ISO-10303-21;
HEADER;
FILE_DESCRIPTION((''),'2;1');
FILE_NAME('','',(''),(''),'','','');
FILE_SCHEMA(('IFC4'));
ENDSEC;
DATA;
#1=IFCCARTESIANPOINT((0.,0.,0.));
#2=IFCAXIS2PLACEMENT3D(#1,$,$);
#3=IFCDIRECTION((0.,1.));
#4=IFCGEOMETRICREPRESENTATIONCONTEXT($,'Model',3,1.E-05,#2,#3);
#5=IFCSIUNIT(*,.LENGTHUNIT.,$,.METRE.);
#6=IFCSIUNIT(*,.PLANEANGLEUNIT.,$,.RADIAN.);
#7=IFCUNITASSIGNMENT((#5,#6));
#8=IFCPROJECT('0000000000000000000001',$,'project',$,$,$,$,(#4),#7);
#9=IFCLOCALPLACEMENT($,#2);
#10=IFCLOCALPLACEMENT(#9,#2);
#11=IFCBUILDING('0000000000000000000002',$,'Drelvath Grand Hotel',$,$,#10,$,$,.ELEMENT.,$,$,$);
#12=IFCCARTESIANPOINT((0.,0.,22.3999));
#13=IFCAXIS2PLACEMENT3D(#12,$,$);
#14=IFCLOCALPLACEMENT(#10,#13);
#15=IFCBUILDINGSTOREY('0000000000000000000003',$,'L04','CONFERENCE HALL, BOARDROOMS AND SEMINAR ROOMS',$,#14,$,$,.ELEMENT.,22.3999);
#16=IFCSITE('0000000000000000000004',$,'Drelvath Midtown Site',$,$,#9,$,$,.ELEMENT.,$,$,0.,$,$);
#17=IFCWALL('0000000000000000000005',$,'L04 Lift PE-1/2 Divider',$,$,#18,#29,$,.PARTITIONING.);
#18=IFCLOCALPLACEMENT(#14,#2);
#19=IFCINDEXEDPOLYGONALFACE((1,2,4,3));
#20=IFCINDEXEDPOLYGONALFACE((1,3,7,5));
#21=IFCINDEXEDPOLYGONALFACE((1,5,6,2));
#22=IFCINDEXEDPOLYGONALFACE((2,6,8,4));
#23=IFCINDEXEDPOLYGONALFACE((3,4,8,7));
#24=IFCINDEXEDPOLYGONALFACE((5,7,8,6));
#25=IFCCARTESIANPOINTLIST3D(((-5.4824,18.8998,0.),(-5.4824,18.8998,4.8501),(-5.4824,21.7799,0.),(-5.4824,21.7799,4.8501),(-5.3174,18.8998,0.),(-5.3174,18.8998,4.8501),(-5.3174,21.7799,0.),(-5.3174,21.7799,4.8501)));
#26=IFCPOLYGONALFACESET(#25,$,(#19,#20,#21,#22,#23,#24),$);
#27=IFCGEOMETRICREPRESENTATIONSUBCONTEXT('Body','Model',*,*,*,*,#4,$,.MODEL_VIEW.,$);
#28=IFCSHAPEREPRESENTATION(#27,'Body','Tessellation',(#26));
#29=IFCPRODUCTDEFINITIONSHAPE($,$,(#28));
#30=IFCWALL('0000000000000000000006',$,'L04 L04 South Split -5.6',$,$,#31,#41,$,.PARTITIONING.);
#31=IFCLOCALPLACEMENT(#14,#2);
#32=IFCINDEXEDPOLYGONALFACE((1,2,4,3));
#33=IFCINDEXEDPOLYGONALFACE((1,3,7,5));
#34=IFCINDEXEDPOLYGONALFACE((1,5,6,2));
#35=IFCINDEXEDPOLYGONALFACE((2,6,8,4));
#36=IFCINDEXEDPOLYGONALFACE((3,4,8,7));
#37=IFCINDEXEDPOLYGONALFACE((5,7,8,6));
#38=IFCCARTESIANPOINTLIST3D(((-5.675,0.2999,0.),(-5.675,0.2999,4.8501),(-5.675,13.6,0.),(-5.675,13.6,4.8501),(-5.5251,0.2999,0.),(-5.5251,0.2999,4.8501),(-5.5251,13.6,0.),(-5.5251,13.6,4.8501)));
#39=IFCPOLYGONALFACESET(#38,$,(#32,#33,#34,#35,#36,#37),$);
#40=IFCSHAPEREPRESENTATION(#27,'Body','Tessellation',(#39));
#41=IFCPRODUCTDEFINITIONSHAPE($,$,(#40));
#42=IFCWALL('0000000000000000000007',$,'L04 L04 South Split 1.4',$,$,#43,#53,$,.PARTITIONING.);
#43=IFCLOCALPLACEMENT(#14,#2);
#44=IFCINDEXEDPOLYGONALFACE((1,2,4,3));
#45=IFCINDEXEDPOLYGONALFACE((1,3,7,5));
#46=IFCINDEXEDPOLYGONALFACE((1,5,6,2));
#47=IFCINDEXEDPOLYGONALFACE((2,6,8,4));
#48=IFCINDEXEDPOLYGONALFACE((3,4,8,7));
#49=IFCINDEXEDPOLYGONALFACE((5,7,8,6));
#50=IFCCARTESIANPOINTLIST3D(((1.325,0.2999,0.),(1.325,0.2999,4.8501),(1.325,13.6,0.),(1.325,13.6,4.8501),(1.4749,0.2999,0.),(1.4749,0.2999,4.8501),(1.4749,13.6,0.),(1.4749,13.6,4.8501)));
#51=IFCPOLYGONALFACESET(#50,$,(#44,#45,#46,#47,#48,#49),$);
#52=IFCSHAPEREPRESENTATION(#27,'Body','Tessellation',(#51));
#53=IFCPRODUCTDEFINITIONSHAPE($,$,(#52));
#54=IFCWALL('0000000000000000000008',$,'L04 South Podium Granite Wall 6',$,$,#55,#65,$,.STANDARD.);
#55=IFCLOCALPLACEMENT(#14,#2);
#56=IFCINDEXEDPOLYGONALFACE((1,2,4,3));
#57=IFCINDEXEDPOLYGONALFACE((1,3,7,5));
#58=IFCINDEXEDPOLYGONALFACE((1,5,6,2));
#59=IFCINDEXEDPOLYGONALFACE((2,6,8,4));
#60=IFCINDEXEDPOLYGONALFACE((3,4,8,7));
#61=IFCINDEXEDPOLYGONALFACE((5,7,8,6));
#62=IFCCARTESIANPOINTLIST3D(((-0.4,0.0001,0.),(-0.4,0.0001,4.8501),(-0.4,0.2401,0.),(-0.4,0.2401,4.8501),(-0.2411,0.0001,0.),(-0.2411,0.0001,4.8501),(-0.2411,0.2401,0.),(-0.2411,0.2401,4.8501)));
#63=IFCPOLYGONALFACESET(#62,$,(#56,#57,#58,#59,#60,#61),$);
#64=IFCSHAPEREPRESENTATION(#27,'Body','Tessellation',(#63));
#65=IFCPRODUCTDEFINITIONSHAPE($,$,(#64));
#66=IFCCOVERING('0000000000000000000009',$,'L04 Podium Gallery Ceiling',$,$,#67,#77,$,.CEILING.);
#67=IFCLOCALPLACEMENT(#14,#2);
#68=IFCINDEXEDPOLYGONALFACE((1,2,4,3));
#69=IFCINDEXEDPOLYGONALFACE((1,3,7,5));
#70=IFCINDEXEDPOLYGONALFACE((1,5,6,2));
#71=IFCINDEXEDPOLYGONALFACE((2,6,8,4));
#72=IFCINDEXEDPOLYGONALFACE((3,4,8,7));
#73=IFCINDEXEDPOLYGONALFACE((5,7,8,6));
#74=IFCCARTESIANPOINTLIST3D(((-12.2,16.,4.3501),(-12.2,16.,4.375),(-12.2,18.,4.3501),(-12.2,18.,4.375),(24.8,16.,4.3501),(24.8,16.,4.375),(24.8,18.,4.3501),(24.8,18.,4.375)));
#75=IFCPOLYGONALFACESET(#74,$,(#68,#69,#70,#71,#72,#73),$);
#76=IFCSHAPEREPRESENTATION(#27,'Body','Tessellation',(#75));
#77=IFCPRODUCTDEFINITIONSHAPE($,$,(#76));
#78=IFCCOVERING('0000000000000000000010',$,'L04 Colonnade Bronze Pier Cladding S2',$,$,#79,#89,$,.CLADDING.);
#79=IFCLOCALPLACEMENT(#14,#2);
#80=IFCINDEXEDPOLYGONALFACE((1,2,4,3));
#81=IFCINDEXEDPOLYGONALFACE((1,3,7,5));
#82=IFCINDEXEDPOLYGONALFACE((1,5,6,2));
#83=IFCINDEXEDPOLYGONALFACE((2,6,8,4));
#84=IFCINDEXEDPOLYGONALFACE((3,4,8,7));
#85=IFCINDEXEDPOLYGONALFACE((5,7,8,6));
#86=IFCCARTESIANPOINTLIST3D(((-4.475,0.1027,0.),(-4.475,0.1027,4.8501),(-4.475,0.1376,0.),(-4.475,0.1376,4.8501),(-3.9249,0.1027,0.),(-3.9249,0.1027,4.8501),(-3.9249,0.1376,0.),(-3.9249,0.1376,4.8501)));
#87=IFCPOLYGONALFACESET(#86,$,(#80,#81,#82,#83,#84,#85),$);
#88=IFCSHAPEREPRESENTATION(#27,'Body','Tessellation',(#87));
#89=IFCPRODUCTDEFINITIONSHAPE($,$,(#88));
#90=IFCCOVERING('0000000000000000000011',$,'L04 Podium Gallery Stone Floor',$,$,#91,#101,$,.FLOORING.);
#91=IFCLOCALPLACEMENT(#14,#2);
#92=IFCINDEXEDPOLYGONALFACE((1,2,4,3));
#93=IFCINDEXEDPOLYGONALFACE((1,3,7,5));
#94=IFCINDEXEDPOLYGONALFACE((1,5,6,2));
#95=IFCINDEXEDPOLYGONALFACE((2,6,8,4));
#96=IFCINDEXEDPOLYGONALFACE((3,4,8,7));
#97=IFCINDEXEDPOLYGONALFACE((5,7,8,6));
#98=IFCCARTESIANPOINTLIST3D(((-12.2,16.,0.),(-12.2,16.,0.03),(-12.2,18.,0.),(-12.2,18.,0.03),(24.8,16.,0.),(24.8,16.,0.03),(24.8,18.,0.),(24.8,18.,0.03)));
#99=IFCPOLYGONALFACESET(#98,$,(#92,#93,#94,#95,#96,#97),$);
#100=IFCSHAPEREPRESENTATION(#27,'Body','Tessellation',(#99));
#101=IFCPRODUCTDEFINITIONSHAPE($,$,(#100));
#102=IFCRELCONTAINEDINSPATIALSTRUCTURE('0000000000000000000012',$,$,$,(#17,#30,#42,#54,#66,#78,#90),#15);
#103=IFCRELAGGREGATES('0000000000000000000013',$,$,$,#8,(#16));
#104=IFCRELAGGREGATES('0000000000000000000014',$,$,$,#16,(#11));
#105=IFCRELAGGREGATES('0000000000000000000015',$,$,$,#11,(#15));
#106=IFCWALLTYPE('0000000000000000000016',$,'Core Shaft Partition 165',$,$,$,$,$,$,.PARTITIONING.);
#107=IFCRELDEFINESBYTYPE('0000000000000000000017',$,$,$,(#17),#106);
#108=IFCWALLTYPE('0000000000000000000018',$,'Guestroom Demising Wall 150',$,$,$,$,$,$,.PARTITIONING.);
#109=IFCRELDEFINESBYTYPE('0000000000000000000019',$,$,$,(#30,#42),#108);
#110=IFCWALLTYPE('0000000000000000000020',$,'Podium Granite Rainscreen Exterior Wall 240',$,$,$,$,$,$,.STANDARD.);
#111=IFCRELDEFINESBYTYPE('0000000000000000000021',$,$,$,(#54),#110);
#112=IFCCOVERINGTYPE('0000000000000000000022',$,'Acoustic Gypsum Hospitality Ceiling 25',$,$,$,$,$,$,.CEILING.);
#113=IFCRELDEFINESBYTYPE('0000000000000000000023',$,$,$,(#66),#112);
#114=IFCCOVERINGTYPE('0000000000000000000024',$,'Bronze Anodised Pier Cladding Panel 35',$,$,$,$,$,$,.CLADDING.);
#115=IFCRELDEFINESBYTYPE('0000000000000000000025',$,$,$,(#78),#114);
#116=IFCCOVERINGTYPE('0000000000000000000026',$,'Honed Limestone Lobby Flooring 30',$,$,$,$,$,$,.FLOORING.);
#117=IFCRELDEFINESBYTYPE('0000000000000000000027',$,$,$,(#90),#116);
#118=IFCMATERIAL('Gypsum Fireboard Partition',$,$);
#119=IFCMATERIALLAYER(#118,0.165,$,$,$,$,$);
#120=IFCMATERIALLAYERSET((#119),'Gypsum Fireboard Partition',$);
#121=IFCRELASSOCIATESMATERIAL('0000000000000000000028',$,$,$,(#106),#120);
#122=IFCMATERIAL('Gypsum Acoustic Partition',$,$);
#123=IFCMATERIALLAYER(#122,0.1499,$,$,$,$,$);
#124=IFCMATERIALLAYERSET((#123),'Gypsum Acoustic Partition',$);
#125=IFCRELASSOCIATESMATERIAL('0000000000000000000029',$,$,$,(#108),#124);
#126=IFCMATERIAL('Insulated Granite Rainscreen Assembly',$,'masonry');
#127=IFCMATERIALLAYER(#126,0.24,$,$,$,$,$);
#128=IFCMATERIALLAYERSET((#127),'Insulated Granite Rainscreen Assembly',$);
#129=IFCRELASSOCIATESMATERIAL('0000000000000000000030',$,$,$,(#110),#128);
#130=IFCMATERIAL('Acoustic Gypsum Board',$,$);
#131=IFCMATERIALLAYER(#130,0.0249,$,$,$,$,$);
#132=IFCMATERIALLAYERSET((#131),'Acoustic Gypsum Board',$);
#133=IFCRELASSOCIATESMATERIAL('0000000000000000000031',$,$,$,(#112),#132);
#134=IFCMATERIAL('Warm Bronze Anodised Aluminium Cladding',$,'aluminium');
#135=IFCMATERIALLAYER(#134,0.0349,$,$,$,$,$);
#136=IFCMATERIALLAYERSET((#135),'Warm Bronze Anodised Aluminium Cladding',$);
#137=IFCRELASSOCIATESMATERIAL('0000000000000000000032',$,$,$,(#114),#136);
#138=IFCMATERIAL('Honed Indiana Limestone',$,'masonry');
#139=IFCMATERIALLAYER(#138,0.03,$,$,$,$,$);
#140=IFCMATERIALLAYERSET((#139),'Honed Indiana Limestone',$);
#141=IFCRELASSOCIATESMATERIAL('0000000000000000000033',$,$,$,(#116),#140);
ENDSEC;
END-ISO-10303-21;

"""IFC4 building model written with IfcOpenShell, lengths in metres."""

from ifc_helpers import new_model, si_unit, direction, frame, frame_2d, origin, origin_2d, place, context, subcontext, project, spatial, polyline, rectangle, outline, extrude, material, layer, layer_set, type_object, element, save


model = new_model("IFC4")

# Units and contexts
model_context = context("Model", 3, precision=1e-05, world=origin(), true_north=direction((0.0, 1.0)))
body_context = subcontext(model_context, "Body", "Model", "MODEL_VIEW")
ifc_project = project(units=[si_unit("LENGTHUNIT", "METRE"), si_unit("PLANEANGLEUNIT", "RADIAN")], contexts=[model_context])

# Site, building, storey
site_placement = place(None, origin())
site = spatial("IfcSite", under=ifc_project, at=site_placement, Name="Drelvath Midtown Site", CompositionType="ELEMENT", RefElevation=0.0)
building_placement = place(site_placement, origin())
building = spatial("IfcBuilding", under=site, at=building_placement, Name="Drelvath Grand Hotel", CompositionType="ELEMENT")
storey_placement = place(building_placement, frame((0.0, 0.0, 22.3999)))
storey = spatial("IfcBuildingStorey", under=building, at=storey_placement, Name="L04", Description="CONFERENCE HALL, BOARDROOMS AND SEMINAR ROOMS", CompositionType="ELEMENT", Elevation=22.3999)

# Walls
ifc_material_1 = material(Name="Gypsum Fireboard Partition")
ifc_layer_1 = layer(ifc_material_1, 0.165)
ifc_layer_set_1 = layer_set([ifc_layer_1], Name="Gypsum Fireboard Partition")
wall_type_1 = type_object("IfcWallType", Name="Core Shaft Partition 165", PredefinedType="PARTITIONING", material=ifc_layer_set_1)
wall_1_placement = place(storey_placement, frame((-5.3999, 18.8999, 0.0), z_axis=(0.0, 0.0, 1.0), x_axis=(0.0, 1.0, 0.0)))
element("IfcWall", 1, at=wall_1_placement, inside=storey, type_object=wall_type_1, Name="L04 Lift PE-1/2 Divider", PredefinedType="PARTITIONING", context=body_context, shape_type="SweptSolid", body=[
    extrude(rectangle(XDim=2.8801, YDim=0.165, at=frame_2d((1.4399, 0.0))), origin(), (0.0, 0.0, 1.0), 4.8501),
])
ifc_material_2 = material(Name="Gypsum Acoustic Partition")
ifc_layer_2 = layer(ifc_material_2, 0.1499)
ifc_layer_set_2 = layer_set([ifc_layer_2], Name="Gypsum Acoustic Partition")
wall_type_2 = type_object("IfcWallType", Name="Guestroom Demising Wall 150", PredefinedType="PARTITIONING", material=ifc_layer_set_2)
for number, where, z_axis, x_axis, name in (
    (2, (-5.6001, 0.3, 0.0), (0.0, 0.0, 1.0), (0.0, 1.0, 0.0), "L04 L04 South Split -5.6"),
    (3, (1.3999, 0.3, 0.0), (0.0, 0.0, 1.0), (0.0, 1.0, 0.0), "L04 L04 South Split 1.4"),
):
    element("IfcWall", number, at=place(storey_placement, frame(where, z_axis=z_axis, x_axis=x_axis)), inside=storey, type_object=wall_type_2, Name=name, PredefinedType="PARTITIONING", context=body_context, shape_type="SweptSolid", body=[
        extrude(rectangle(XDim=13.3, YDim=0.1499, at=frame_2d((6.6499, 0.0))), origin(), (0.0, 0.0, 1.0), 4.8501),
    ])
ifc_material_3 = material(Name="Insulated Granite Rainscreen Assembly", Category="masonry")
ifc_layer_3 = layer(ifc_material_3, 0.24)
ifc_layer_set_3 = layer_set([ifc_layer_3], Name="Insulated Granite Rainscreen Assembly")
wall_type_3 = type_object("IfcWallType", Name="Podium Granite Rainscreen Exterior Wall 240", PredefinedType="STANDARD", material=ifc_layer_set_3)
wall_2_placement = place(storey_placement, frame((-0.241, 0.1201, 0.0), z_axis=(0.0, 0.0, 1.0), x_axis=(-1.0, 0.0, 0.0)))
element("IfcWall", 4, at=wall_2_placement, inside=storey, type_object=wall_type_3, Name="L04 South Podium Granite Wall 6", PredefinedType="STANDARD", context=body_context, shape_type="SweptSolid", body=[
    extrude(rectangle(XDim=0.1589, YDim=0.24, at=frame_2d((0.0796, 0.0))), origin(), (0.0, 0.0, 1.0), 4.8501),
])

# Coverings
ifc_material_4 = material(Name="Acoustic Gypsum Board")
ifc_layer_4 = layer(ifc_material_4, 0.0249)
ifc_layer_set_4 = layer_set([ifc_layer_4], Name="Acoustic Gypsum Board")
covering_type_1 = type_object("IfcCoveringType", Name="Acoustic Gypsum Hospitality Ceiling 25", PredefinedType="CEILING", material=ifc_layer_set_4)
covering_1_placement = place(storey_placement, frame((0.0, 0.0, 4.3501)))
element("IfcCovering", 5, at=covering_1_placement, inside=storey, type_object=covering_type_1, Name="L04 Podium Gallery Ceiling", PredefinedType="CEILING", context=body_context, shape_type="SweptSolid", body=[
    extrude(outline(polyline([(24.8, 16.0), (24.8, 18.0), (-12.2, 18.0), (-12.2, 16.0), (24.8, 16.0)])), origin(), (0.0, 0.0, 1.0), 0.0249),
])
ifc_material_5 = material(Name="Warm Bronze Anodised Aluminium Cladding", Category="aluminium")
ifc_layer_5 = layer(ifc_material_5, 0.0349)
ifc_layer_set_5 = layer_set([ifc_layer_5], Name="Warm Bronze Anodised Aluminium Cladding")
covering_type_2 = type_object("IfcCoveringType", Name="Bronze Anodised Pier Cladding Panel 35", PredefinedType="CLADDING", material=ifc_layer_set_5)
covering_2_placement = place(storey_placement, frame((-4.2, 0.1201, 0.0), z_axis=(0.0, 0.0, 1.0), x_axis=(1.0, 0.0, 0.0)))
element("IfcCovering", 6, at=covering_2_placement, inside=storey, type_object=covering_type_2, Name="L04 Colonnade Bronze Pier Cladding S2", PredefinedType="CLADDING", context=body_context, shape_type="SweptSolid", body=[
    extrude(rectangle(XDim=0.55, YDim=0.0349, at=origin_2d()), origin(), (0.0, 0.0, 1.0), 4.8501),
])
ifc_material_6 = material(Name="Honed Indiana Limestone", Category="masonry")
ifc_layer_6 = layer(ifc_material_6, 0.03)
ifc_layer_set_6 = layer_set([ifc_layer_6], Name="Honed Indiana Limestone")
covering_type_3 = type_object("IfcCoveringType", Name="Honed Limestone Lobby Flooring 30", PredefinedType="FLOORING", material=ifc_layer_set_6)
covering_3_placement = place(storey_placement, origin())
element("IfcCovering", 7, at=covering_3_placement, inside=storey, type_object=covering_type_3, Name="L04 Podium Gallery Stone Floor", PredefinedType="FLOORING", context=body_context, shape_type="SweptSolid", body=[
    extrude(outline(polyline([(24.8, 16.0), (24.8, 18.0), (-12.2, 18.0), (-12.2, 16.0), (24.8, 16.0)])), origin(), (0.0, 0.0, 1.0), 0.03),
])

save(model, "model.ifc")
